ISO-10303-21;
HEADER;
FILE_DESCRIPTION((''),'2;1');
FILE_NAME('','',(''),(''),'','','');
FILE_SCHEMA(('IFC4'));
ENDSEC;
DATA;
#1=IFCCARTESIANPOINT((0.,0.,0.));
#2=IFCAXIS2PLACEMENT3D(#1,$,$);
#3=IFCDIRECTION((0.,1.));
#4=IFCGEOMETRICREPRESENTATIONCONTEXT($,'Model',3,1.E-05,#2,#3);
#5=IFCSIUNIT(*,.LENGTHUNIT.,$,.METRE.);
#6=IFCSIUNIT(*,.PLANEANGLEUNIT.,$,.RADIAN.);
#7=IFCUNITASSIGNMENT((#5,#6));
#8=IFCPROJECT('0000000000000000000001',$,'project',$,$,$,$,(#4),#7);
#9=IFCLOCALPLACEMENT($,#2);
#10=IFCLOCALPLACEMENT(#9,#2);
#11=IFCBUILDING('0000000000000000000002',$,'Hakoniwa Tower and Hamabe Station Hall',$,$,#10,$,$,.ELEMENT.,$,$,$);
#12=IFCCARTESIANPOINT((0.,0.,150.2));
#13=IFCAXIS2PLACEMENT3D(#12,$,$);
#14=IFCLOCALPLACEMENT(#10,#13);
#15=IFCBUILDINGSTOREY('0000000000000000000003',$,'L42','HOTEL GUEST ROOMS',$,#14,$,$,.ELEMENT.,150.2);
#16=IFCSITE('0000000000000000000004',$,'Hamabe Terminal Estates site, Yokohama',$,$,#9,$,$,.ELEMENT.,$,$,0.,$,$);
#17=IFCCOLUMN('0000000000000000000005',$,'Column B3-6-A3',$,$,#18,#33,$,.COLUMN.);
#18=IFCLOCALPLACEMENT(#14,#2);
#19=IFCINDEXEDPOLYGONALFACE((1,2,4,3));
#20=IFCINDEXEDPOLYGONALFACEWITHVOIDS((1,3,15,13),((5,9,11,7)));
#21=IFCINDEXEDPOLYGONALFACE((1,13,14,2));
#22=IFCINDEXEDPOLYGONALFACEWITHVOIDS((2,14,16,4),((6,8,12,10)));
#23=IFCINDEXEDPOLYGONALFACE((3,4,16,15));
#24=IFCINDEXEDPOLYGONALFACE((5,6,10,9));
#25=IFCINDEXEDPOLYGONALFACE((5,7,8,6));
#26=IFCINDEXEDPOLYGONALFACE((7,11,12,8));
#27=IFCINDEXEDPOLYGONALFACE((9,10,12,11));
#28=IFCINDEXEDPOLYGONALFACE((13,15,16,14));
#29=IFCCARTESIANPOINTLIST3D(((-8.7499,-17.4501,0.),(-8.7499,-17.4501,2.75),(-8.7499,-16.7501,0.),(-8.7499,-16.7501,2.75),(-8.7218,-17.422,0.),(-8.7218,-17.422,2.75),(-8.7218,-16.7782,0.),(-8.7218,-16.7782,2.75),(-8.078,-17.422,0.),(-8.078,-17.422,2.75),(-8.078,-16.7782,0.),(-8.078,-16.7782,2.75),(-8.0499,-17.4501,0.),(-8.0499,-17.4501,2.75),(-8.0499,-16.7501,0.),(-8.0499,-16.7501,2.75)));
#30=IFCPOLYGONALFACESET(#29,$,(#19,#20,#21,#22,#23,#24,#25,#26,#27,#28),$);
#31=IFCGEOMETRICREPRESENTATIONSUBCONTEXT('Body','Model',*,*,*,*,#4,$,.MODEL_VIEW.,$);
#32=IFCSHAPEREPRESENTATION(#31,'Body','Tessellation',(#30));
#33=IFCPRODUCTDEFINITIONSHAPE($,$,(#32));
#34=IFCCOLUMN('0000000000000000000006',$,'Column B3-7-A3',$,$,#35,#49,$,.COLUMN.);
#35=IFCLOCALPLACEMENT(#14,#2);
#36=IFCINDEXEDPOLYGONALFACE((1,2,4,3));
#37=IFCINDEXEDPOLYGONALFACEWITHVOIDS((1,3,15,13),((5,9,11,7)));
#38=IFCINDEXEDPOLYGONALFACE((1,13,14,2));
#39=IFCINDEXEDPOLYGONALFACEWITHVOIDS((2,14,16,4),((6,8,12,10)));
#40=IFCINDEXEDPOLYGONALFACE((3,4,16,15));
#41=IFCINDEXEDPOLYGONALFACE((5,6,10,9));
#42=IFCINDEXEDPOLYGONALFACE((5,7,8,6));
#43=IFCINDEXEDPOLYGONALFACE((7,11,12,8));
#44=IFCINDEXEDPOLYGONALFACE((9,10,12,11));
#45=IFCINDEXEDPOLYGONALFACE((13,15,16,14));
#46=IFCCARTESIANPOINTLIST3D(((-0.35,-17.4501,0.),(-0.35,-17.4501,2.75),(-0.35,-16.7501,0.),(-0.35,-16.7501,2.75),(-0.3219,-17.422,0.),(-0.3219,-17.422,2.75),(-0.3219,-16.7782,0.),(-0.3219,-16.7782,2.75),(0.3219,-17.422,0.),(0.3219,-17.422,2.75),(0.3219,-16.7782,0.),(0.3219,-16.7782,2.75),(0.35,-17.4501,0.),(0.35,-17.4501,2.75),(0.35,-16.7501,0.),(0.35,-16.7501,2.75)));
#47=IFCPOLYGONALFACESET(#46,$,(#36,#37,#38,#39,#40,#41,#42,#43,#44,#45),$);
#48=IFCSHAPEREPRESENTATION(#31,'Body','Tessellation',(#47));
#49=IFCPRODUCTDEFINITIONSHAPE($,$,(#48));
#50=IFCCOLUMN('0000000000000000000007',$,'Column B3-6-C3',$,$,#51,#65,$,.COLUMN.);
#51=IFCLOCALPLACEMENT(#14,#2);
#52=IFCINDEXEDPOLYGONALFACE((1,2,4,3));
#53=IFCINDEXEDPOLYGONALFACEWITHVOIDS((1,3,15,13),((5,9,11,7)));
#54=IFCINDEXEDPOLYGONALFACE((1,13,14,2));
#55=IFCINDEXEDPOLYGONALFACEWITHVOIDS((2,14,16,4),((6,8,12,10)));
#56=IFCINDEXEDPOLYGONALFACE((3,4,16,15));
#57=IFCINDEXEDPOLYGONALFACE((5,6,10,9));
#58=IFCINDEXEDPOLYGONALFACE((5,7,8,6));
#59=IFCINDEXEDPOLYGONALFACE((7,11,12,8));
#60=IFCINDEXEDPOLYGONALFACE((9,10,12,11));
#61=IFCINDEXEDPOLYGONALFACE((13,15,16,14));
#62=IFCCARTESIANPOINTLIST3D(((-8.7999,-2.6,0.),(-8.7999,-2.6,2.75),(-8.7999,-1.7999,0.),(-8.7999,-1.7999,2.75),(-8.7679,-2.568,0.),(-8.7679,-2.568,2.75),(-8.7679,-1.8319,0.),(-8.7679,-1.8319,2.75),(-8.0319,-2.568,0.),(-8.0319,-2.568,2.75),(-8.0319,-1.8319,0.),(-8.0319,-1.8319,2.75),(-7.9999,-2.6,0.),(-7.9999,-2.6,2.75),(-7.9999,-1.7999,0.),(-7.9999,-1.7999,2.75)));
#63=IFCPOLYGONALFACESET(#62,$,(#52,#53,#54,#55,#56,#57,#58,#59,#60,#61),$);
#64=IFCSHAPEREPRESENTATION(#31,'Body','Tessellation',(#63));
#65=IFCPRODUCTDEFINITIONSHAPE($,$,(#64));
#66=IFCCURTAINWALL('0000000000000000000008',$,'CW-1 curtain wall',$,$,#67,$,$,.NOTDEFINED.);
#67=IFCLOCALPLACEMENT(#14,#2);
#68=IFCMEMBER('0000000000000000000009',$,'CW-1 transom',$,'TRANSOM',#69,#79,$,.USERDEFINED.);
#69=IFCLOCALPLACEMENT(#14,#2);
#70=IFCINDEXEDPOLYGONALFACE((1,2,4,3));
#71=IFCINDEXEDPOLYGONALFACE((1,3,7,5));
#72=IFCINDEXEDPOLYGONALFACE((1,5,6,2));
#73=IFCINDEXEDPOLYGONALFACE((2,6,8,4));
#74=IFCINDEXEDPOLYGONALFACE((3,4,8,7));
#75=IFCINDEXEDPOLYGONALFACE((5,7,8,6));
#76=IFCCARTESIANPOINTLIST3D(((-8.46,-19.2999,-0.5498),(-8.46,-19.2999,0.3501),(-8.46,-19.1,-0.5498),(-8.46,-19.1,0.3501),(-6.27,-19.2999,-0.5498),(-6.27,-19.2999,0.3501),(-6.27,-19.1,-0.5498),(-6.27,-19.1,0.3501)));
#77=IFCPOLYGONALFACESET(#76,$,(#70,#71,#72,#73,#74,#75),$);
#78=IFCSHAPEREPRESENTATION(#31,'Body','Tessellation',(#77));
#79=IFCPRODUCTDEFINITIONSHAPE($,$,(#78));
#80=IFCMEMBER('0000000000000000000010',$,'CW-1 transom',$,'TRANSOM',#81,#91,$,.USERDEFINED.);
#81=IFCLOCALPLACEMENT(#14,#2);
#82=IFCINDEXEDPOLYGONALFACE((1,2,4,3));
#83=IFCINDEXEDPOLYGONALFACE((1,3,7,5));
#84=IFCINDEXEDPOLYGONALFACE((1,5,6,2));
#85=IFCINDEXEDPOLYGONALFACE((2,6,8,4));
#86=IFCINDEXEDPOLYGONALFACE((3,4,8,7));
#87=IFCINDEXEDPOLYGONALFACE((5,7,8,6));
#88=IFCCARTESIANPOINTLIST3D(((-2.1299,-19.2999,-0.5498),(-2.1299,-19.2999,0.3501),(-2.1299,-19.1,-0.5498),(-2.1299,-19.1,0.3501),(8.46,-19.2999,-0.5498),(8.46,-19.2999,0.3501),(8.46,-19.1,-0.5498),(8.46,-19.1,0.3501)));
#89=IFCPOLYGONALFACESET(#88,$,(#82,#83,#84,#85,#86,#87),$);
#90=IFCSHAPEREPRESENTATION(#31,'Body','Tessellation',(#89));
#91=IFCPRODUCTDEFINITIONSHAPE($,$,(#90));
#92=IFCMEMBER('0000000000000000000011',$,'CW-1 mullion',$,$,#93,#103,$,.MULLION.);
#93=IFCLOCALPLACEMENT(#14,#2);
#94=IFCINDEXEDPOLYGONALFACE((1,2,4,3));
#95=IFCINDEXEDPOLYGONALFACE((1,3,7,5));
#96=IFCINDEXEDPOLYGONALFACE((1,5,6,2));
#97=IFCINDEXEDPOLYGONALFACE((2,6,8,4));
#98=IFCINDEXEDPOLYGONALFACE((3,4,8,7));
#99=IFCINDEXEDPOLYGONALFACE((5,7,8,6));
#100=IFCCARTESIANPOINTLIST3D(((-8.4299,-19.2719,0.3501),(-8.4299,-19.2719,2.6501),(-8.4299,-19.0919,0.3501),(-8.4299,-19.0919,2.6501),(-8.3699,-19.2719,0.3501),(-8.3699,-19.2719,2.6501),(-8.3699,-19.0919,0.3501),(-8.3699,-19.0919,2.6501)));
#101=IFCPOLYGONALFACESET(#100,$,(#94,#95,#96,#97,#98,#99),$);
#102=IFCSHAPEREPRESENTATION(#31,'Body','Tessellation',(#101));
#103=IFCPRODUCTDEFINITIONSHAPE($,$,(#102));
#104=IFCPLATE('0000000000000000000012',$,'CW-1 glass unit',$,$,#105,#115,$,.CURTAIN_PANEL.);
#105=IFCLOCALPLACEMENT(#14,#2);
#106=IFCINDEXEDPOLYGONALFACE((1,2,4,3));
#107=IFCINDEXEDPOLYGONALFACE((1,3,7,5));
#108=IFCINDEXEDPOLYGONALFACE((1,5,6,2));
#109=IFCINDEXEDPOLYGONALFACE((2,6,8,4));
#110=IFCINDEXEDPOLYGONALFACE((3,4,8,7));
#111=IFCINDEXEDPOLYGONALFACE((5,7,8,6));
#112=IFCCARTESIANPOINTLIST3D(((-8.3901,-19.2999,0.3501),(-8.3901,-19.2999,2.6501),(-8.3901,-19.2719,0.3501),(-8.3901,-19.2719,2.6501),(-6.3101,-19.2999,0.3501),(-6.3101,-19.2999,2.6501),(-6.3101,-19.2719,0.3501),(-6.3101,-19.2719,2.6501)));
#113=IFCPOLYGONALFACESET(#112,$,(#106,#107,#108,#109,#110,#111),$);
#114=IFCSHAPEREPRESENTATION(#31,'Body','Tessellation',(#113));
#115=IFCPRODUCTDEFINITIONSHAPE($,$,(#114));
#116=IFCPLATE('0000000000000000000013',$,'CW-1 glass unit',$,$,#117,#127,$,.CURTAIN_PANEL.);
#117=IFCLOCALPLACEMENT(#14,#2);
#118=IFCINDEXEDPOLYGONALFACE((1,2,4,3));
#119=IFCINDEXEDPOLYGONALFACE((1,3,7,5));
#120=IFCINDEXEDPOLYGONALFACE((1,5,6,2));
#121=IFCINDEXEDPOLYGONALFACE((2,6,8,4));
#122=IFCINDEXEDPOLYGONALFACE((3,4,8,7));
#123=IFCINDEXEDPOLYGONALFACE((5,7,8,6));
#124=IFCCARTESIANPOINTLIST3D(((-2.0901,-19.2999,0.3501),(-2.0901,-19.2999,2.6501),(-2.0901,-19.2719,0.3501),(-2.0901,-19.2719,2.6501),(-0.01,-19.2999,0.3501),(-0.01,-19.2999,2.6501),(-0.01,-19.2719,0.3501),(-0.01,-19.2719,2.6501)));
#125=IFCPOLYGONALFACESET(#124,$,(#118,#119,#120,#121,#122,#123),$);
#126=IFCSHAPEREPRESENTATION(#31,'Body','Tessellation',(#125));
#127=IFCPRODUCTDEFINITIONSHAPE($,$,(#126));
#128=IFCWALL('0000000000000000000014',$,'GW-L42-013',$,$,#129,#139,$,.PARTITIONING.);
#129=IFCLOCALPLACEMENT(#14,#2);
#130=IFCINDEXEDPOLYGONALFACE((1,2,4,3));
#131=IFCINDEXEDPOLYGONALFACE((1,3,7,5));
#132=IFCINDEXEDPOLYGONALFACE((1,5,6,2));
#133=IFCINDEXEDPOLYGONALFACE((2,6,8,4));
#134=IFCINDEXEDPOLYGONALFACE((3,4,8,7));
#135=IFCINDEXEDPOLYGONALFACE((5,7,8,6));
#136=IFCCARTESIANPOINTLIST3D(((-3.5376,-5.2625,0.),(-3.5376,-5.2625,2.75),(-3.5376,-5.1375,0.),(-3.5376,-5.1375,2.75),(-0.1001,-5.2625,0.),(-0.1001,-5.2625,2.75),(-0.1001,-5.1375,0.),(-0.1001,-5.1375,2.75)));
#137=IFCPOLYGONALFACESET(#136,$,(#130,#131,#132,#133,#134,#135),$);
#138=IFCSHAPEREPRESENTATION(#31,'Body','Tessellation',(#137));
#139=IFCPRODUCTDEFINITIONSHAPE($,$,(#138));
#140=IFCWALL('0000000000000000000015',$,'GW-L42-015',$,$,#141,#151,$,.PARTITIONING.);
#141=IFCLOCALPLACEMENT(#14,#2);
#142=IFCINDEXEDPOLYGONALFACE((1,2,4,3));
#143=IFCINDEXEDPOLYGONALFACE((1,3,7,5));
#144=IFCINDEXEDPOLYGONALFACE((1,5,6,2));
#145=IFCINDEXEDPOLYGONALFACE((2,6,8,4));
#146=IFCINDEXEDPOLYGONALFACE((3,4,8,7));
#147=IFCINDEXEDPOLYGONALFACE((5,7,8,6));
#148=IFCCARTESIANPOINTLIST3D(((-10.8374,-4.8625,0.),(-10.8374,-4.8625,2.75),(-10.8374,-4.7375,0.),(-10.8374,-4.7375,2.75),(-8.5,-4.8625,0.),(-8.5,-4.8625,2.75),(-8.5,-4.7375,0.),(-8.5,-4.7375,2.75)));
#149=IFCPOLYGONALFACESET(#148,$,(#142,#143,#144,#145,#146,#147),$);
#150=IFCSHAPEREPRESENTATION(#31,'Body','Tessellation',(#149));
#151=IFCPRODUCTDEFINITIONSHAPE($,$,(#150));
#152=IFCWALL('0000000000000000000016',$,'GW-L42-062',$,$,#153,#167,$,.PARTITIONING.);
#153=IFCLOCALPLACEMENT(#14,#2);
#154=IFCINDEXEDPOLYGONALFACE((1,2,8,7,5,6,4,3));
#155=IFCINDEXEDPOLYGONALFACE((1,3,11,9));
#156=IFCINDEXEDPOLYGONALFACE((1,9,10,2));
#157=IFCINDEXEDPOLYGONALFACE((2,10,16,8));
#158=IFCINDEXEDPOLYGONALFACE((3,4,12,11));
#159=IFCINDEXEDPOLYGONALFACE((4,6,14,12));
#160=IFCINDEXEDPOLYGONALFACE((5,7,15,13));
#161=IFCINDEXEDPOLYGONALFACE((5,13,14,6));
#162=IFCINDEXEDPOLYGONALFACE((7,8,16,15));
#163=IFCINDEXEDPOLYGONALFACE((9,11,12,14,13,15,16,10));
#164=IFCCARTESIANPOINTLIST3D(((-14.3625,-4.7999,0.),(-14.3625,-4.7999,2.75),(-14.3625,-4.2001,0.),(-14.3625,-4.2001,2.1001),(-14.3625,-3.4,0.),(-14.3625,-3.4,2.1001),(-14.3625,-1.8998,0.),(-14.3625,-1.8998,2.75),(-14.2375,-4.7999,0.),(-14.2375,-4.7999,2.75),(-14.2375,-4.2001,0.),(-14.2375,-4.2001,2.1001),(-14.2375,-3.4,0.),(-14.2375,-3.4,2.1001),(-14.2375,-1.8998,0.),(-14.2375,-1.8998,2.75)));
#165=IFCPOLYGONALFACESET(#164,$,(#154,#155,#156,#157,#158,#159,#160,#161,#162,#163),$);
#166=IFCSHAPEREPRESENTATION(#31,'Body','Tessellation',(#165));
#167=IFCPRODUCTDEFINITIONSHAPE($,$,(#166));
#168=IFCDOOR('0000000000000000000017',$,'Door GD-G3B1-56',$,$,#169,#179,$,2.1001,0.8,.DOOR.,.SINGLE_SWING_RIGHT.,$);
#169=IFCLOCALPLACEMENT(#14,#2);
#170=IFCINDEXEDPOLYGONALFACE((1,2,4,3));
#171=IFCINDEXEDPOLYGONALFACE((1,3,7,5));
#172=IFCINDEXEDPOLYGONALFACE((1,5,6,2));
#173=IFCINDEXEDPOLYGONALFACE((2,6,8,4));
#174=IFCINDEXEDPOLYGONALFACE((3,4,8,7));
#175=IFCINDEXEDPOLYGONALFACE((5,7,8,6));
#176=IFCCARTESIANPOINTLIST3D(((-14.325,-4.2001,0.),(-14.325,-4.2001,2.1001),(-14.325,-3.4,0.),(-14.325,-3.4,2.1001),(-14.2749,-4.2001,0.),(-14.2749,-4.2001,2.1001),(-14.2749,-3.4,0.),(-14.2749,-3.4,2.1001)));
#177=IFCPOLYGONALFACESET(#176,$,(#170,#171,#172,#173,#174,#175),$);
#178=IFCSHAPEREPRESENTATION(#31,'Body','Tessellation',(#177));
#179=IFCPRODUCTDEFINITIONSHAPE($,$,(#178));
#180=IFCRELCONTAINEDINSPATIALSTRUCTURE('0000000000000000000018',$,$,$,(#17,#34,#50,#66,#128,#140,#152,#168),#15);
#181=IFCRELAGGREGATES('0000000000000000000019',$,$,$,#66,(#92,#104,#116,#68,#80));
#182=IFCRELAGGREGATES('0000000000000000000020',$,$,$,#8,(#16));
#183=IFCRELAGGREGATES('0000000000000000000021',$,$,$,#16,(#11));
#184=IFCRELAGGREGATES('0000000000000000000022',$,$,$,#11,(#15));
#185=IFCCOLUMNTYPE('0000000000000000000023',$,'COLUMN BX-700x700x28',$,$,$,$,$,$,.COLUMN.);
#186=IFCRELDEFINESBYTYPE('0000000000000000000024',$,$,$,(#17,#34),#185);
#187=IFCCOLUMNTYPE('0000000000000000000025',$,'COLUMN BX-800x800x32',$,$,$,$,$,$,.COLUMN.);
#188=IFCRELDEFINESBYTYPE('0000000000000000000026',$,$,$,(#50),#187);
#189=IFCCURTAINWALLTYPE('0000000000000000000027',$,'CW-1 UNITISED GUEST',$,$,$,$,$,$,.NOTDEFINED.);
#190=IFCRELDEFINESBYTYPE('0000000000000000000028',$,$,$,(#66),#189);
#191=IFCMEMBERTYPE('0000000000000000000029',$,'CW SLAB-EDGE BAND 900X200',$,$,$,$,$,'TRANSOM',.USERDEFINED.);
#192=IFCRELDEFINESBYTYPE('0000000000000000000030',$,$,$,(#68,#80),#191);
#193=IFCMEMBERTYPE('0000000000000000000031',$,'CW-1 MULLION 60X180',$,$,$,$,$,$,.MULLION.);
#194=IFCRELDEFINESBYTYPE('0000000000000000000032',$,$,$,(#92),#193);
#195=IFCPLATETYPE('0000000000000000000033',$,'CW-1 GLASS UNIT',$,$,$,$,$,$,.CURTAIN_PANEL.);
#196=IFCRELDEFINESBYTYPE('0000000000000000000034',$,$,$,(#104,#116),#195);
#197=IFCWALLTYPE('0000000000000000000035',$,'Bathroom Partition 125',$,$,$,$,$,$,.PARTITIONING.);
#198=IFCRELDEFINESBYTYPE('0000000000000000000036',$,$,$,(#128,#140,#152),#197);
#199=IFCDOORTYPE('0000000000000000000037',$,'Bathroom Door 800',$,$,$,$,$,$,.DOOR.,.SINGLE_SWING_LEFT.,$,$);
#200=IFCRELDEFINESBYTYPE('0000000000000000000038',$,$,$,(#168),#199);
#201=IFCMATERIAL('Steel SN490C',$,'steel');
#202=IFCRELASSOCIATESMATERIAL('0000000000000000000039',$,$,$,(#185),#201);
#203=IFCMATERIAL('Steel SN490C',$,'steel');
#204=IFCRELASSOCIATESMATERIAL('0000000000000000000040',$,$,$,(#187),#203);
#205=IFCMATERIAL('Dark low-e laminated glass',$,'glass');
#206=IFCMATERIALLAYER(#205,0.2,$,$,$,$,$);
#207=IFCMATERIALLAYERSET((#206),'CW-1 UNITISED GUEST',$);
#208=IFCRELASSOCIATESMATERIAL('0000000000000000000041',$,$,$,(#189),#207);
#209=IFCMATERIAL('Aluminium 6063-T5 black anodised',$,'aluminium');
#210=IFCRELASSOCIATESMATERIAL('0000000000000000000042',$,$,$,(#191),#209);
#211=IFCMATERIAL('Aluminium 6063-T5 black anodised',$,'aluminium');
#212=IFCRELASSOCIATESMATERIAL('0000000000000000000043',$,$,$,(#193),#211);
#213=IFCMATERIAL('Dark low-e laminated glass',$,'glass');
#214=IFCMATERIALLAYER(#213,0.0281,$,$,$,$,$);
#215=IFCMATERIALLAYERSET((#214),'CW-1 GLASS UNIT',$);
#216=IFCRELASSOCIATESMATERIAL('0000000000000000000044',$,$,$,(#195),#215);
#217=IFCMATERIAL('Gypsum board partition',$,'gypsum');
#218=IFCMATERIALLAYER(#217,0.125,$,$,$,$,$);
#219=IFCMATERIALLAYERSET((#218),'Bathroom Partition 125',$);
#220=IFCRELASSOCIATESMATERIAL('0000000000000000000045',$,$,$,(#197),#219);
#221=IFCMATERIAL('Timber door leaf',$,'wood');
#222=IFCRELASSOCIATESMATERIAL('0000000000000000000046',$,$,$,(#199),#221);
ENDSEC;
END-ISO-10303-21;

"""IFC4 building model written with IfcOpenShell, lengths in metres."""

from ifc_helpers import new_model, si_unit, direction, frame, frame_2d, origin, origin_2d, place, context, subcontext, project, spatial, rectangle, hollow_rectangle, extrude, material, layer, layer_set, material_profile, profile_set, type_object, element, fill, aggregate, save


model = new_model("IFC4")

# Units and contexts
model_context = context("Model", 3, precision=1e-05, world=origin(), true_north=direction((0.0, 1.0)))
body_context = subcontext(model_context, "Body", "Model", "MODEL_VIEW")
ifc_project = project(units=[si_unit("LENGTHUNIT", "METRE"), si_unit("PLANEANGLEUNIT", "RADIAN")], contexts=[model_context])

# Site, building, storey
site_placement = place(None, origin())
site = spatial("IfcSite", under=ifc_project, at=site_placement, Name="Hamabe Terminal Estates site, Yokohama", CompositionType="ELEMENT", RefElevation=0.0)
building_placement = place(site_placement, origin())
building = spatial("IfcBuilding", under=site, at=building_placement, Name="Hakoniwa Tower and Hamabe Station Hall", CompositionType="ELEMENT")
storey_placement = place(building_placement, frame((0.0, 0.0, 150.2)))
storey = spatial("IfcBuildingStorey", under=building, at=storey_placement, Name="L42", Description="HOTEL GUEST ROOMS", CompositionType="ELEMENT", Elevation=150.2)

# Columns
ifc_material_1 = material(Name="Steel SN490C", Category="steel")
ifc_material_profile_1 = material_profile(ifc_material_1, hollow_rectangle(XDim=0.7, YDim=0.7, WallThickness=0.0281, at=origin_2d()), Name="BX-700x700x28")
ifc_profile_set_1 = profile_set([ifc_material_profile_1], Name="Steel SN490C")
column_type_1 = type_object("IfcColumnType", Name="COLUMN BX-700x700x28", PredefinedType="COLUMN", material=ifc_profile_set_1)
for number, where, z_axis, x_axis, name in (
    (1, (-8.3999, -17.1001, 0.0), (0.0, 0.0, 1.0), (1.0, 0.0, 0.0), "Column B3-6-A3"),
    (2, (0.0, -17.1001, 0.0), (0.0, 0.0, 1.0), (1.0, 0.0, 0.0), "Column B3-7-A3"),
):
    element("IfcColumn", number, at=place(storey_placement, frame(where, z_axis=z_axis, x_axis=x_axis)), inside=storey, type_object=column_type_1, Name=name, PredefinedType="COLUMN", context=body_context, shape_type="SweptSolid", body=[
        extrude(hollow_rectangle(XDim=0.7, YDim=0.7, WallThickness=0.0281, at=origin_2d()), origin(), (0.0, 0.0, 1.0), 2.75),
    ])
ifc_material_2 = material(Name="Steel SN490C", Category="steel")
ifc_material_profile_2 = material_profile(ifc_material_2, hollow_rectangle(XDim=0.8, YDim=0.8, WallThickness=0.032, at=origin_2d()), Name="BX-800x800x32")
ifc_profile_set_2 = profile_set([ifc_material_profile_2], Name="Steel SN490C")
column_type_2 = type_object("IfcColumnType", Name="COLUMN BX-800x800x32", PredefinedType="COLUMN", material=ifc_profile_set_2)
column_placement = place(storey_placement, frame((-8.3999, -2.2, 0.0), z_axis=(0.0, 0.0, 1.0), x_axis=(1.0, 0.0, 0.0)))
element("IfcColumn", 3, at=column_placement, inside=storey, type_object=column_type_2, Name="Column B3-6-C3", PredefinedType="COLUMN", context=body_context, shape_type="SweptSolid", body=[
    extrude(hollow_rectangle(XDim=0.8, YDim=0.8, WallThickness=0.032, at=origin_2d()), origin(), (0.0, 0.0, 1.0), 2.75),
])

# Curtain wall, members, plates
ifc_material_3 = material(Name="Dark low-e laminated glass", Category="glass")
ifc_layer_1 = layer(ifc_material_3, 0.2)
ifc_layer_set_1 = layer_set([ifc_layer_1], Name="CW-1 UNITISED GUEST")
curtain_wall_type = type_object("IfcCurtainWallType", Name="CW-1 UNITISED GUEST", PredefinedType="NOTDEFINED", material=ifc_layer_set_1)
curtain_wall_placement = place(storey_placement, origin())
curtain_wall = element("IfcCurtainWall", 4, at=curtain_wall_placement, inside=storey, type_object=curtain_wall_type, Name="CW-1 curtain wall", PredefinedType="NOTDEFINED")
ifc_material_4 = material(Name="Aluminium 6063-T5 black anodised", Category="aluminium")
ifc_material_profile_3 = material_profile(ifc_material_4, rectangle(XDim=0.2, YDim=0.8999, at=origin_2d()), Name="CW SLAB-EDGE BAND 900X200")
ifc_profile_set_3 = profile_set([ifc_material_profile_3], Name="Aluminium 6063-T5 black anodised")
member_type_1 = type_object("IfcMemberType", Name="CW SLAB-EDGE BAND 900X200", ElementType="TRANSOM", PredefinedType="USERDEFINED", material=ifc_profile_set_3)
member_1_placement = place(storey_placement, frame((-8.46, -19.2, -0.0999), z_axis=(1.0, 0.0, 0.0), x_axis=(0.0, 1.0, 0.0)))
member_1 = element("IfcMember", 5, at=member_1_placement, type_object=member_type_1, Name="CW-1 transom", ObjectType="TRANSOM", PredefinedType="USERDEFINED", context=body_context, shape_type="SweptSolid", body=[
    extrude(rectangle(XDim=0.2, YDim=0.8999, at=origin_2d()), origin(), (0.0, 0.0, 1.0), 2.1899),
])
member_2_placement = place(storey_placement, frame((-2.1299, -19.2, -0.0999), z_axis=(1.0, 0.0, 0.0), x_axis=(0.0, 1.0, 0.0)))
member_2 = element("IfcMember", 6, at=member_2_placement, type_object=member_type_1, Name="CW-1 transom", ObjectType="TRANSOM", PredefinedType="USERDEFINED", context=body_context, shape_type="SweptSolid", body=[
    extrude(rectangle(XDim=0.2, YDim=0.8999, at=origin_2d()), origin(), (0.0, 0.0, 1.0), 10.5898),
])
ifc_material_5 = material(Name="Aluminium 6063-T5 black anodised", Category="aluminium")
ifc_material_profile_4 = material_profile(ifc_material_5, rectangle(XDim=0.0601, YDim=0.1799, at=origin_2d()), Name="CW-1 MULLION 60X180")
ifc_profile_set_4 = profile_set([ifc_material_profile_4], Name="Aluminium 6063-T5 black anodised")
member_type_2 = type_object("IfcMemberType", Name="CW-1 MULLION 60X180", PredefinedType="MULLION", material=ifc_profile_set_4)
member_3_placement = place(storey_placement, frame((-8.3999, -19.1819, 0.3501), z_axis=(0.0, 0.0, 1.0), x_axis=(1.0, 0.0, 0.0)))
member_3 = element("IfcMember", 7, at=member_3_placement, type_object=member_type_2, Name="CW-1 mullion", PredefinedType="MULLION", context=body_context, shape_type="SweptSolid", body=[
    extrude(rectangle(XDim=0.0601, YDim=0.1799, at=origin_2d()), origin(), (0.0, 0.0, 1.0), 2.3),
])
ifc_material_6 = material(Name="Dark low-e laminated glass", Category="glass")
ifc_layer_2 = layer(ifc_material_6, 0.0281)
ifc_layer_set_2 = layer_set([ifc_layer_2], Name="CW-1 GLASS UNIT")
plate_type = type_object("IfcPlateType", Name="CW-1 GLASS UNIT", PredefinedType="CURTAIN_PANEL", material=ifc_layer_set_2)
plate_1_placement = place(storey_placement, frame((-7.3501, -19.2859, 0.3501), z_axis=(0.0, 0.0, 1.0), x_axis=(1.0, 0.0, 0.0)))
plate_1 = element("IfcPlate", 8, at=plate_1_placement, type_object=plate_type, Name="CW-1 glass unit", PredefinedType="CURTAIN_PANEL", context=body_context, shape_type="SweptSolid", body=[
    extrude(rectangle(XDim=2.0801, YDim=0.0281, at=origin_2d()), origin(), (0.0, 0.0, 1.0), 2.3),
])
plate_2_placement = place(storey_placement, frame((-1.05, -19.2859, 0.3501), z_axis=(0.0, 0.0, 1.0), x_axis=(1.0, 0.0, 0.0)))
plate_2 = element("IfcPlate", 9, at=plate_2_placement, type_object=plate_type, Name="CW-1 glass unit", PredefinedType="CURTAIN_PANEL", context=body_context, shape_type="SweptSolid", body=[
    extrude(rectangle(XDim=2.0801, YDim=0.0281, at=origin_2d()), origin(), (0.0, 0.0, 1.0), 2.3),
])

# Walls
ifc_material_7 = material(Name="Gypsum board partition", Category="gypsum")
ifc_layer_3 = layer(ifc_material_7, 0.125)
ifc_layer_set_3 = layer_set([ifc_layer_3], Name="Bathroom Partition 125")
wall_type_1 = type_object("IfcWallType", Name="Bathroom Partition 125", PredefinedType="PARTITIONING", material=ifc_layer_set_3)
wall_1_placement = place(storey_placement, frame((-3.5376, -5.2, 0.0), z_axis=(0.0, 0.0, 1.0), x_axis=(1.0, 0.0, 0.0)))
element("IfcWall", 10, at=wall_1_placement, inside=storey, type_object=wall_type_1, Name="GW-L42-013", PredefinedType="PARTITIONING", context=body_context, shape_type="SweptSolid", body=[
    extrude(rectangle(XDim=3.4375, YDim=0.125, at=frame_2d((1.7188, 0.0))), origin(), (0.0, 0.0, 1.0), 2.75),
])
wall_2_placement = place(storey_placement, frame((-10.8374, -4.8, 0.0), z_axis=(0.0, 0.0, 1.0), x_axis=(1.0, 0.0, 0.0)))
element("IfcWall", 11, at=wall_2_placement, inside=storey, type_object=wall_type_1, Name="GW-L42-015", PredefinedType="PARTITIONING", context=body_context, shape_type="SweptSolid", body=[
    extrude(rectangle(XDim=2.3374, YDim=0.125, at=frame_2d((1.1687, 0.0))), origin(), (0.0, 0.0, 1.0), 2.75),
])

# Wall, opening, door
wall_3_placement = place(storey_placement, frame((-14.3, -4.8, 0.0), z_axis=(0.0, 0.0, 1.0), x_axis=(0.0, 1.0, 0.0)))
wall_3 = element("IfcWall", 12, at=wall_3_placement, inside=storey, type_object=wall_type_1, Name="GW-L42-062", PredefinedType="PARTITIONING", context=body_context, shape_type="SweptSolid", body=[
    extrude(rectangle(XDim=2.9001, YDim=0.125, at=frame_2d((1.4502, 0.0))), origin(), (0.0, 0.0, 1.0), 2.75),
])
opening_1_placement = place(wall_3_placement, frame((0.6001, 0.0, 0.0)))
opening_1 = element("IfcOpeningElement", 13, at=opening_1_placement, cuts=wall_3, PredefinedType="OPENING", context=body_context, shape_type="SweptSolid", body=[
    extrude(rectangle(XDim=0.8, YDim=2.1001, at=frame_2d((0.3999, 1.05))), frame((0.0, 0.0725, 0.0), z_axis=(0.0, -1.0, 0.0), x_axis=(1.0, 0.0, 0.0)), (0.0, 0.0, 1.0), 0.145),
])
ifc_material_8 = material(Name="Timber door leaf", Category="wood")
door_type_1 = type_object("IfcDoorType", Name="Bathroom Door 800", OperationType="SINGLE_SWING_LEFT", PredefinedType="DOOR", material=ifc_material_8)
door_1_placement = place(opening_1_placement, origin())
door_1 = element("IfcDoor", 14, at=door_1_placement, inside=storey, type_object=door_type_1, Name="Door GD-G3B1-56", OperationType="SINGLE_SWING_RIGHT", OverallHeight=2.1001, OverallWidth=0.8, PredefinedType="DOOR", context=body_context, shape_type="SweptSolid", body=[
    extrude(rectangle(XDim=0.8, YDim=2.1001, at=frame_2d((0.3999, 1.05))), frame((0.0, 0.0249, 0.0), z_axis=(0.0, -1.0, 0.0), x_axis=(1.0, 0.0, 0.0)), (0.0, 0.0, 1.0), 0.05),
])
fill(opening_1, door_1)
aggregate(curtain_wall, [member_3, plate_1, plate_2, member_1, member_2])

save(model, "model.ifc")
